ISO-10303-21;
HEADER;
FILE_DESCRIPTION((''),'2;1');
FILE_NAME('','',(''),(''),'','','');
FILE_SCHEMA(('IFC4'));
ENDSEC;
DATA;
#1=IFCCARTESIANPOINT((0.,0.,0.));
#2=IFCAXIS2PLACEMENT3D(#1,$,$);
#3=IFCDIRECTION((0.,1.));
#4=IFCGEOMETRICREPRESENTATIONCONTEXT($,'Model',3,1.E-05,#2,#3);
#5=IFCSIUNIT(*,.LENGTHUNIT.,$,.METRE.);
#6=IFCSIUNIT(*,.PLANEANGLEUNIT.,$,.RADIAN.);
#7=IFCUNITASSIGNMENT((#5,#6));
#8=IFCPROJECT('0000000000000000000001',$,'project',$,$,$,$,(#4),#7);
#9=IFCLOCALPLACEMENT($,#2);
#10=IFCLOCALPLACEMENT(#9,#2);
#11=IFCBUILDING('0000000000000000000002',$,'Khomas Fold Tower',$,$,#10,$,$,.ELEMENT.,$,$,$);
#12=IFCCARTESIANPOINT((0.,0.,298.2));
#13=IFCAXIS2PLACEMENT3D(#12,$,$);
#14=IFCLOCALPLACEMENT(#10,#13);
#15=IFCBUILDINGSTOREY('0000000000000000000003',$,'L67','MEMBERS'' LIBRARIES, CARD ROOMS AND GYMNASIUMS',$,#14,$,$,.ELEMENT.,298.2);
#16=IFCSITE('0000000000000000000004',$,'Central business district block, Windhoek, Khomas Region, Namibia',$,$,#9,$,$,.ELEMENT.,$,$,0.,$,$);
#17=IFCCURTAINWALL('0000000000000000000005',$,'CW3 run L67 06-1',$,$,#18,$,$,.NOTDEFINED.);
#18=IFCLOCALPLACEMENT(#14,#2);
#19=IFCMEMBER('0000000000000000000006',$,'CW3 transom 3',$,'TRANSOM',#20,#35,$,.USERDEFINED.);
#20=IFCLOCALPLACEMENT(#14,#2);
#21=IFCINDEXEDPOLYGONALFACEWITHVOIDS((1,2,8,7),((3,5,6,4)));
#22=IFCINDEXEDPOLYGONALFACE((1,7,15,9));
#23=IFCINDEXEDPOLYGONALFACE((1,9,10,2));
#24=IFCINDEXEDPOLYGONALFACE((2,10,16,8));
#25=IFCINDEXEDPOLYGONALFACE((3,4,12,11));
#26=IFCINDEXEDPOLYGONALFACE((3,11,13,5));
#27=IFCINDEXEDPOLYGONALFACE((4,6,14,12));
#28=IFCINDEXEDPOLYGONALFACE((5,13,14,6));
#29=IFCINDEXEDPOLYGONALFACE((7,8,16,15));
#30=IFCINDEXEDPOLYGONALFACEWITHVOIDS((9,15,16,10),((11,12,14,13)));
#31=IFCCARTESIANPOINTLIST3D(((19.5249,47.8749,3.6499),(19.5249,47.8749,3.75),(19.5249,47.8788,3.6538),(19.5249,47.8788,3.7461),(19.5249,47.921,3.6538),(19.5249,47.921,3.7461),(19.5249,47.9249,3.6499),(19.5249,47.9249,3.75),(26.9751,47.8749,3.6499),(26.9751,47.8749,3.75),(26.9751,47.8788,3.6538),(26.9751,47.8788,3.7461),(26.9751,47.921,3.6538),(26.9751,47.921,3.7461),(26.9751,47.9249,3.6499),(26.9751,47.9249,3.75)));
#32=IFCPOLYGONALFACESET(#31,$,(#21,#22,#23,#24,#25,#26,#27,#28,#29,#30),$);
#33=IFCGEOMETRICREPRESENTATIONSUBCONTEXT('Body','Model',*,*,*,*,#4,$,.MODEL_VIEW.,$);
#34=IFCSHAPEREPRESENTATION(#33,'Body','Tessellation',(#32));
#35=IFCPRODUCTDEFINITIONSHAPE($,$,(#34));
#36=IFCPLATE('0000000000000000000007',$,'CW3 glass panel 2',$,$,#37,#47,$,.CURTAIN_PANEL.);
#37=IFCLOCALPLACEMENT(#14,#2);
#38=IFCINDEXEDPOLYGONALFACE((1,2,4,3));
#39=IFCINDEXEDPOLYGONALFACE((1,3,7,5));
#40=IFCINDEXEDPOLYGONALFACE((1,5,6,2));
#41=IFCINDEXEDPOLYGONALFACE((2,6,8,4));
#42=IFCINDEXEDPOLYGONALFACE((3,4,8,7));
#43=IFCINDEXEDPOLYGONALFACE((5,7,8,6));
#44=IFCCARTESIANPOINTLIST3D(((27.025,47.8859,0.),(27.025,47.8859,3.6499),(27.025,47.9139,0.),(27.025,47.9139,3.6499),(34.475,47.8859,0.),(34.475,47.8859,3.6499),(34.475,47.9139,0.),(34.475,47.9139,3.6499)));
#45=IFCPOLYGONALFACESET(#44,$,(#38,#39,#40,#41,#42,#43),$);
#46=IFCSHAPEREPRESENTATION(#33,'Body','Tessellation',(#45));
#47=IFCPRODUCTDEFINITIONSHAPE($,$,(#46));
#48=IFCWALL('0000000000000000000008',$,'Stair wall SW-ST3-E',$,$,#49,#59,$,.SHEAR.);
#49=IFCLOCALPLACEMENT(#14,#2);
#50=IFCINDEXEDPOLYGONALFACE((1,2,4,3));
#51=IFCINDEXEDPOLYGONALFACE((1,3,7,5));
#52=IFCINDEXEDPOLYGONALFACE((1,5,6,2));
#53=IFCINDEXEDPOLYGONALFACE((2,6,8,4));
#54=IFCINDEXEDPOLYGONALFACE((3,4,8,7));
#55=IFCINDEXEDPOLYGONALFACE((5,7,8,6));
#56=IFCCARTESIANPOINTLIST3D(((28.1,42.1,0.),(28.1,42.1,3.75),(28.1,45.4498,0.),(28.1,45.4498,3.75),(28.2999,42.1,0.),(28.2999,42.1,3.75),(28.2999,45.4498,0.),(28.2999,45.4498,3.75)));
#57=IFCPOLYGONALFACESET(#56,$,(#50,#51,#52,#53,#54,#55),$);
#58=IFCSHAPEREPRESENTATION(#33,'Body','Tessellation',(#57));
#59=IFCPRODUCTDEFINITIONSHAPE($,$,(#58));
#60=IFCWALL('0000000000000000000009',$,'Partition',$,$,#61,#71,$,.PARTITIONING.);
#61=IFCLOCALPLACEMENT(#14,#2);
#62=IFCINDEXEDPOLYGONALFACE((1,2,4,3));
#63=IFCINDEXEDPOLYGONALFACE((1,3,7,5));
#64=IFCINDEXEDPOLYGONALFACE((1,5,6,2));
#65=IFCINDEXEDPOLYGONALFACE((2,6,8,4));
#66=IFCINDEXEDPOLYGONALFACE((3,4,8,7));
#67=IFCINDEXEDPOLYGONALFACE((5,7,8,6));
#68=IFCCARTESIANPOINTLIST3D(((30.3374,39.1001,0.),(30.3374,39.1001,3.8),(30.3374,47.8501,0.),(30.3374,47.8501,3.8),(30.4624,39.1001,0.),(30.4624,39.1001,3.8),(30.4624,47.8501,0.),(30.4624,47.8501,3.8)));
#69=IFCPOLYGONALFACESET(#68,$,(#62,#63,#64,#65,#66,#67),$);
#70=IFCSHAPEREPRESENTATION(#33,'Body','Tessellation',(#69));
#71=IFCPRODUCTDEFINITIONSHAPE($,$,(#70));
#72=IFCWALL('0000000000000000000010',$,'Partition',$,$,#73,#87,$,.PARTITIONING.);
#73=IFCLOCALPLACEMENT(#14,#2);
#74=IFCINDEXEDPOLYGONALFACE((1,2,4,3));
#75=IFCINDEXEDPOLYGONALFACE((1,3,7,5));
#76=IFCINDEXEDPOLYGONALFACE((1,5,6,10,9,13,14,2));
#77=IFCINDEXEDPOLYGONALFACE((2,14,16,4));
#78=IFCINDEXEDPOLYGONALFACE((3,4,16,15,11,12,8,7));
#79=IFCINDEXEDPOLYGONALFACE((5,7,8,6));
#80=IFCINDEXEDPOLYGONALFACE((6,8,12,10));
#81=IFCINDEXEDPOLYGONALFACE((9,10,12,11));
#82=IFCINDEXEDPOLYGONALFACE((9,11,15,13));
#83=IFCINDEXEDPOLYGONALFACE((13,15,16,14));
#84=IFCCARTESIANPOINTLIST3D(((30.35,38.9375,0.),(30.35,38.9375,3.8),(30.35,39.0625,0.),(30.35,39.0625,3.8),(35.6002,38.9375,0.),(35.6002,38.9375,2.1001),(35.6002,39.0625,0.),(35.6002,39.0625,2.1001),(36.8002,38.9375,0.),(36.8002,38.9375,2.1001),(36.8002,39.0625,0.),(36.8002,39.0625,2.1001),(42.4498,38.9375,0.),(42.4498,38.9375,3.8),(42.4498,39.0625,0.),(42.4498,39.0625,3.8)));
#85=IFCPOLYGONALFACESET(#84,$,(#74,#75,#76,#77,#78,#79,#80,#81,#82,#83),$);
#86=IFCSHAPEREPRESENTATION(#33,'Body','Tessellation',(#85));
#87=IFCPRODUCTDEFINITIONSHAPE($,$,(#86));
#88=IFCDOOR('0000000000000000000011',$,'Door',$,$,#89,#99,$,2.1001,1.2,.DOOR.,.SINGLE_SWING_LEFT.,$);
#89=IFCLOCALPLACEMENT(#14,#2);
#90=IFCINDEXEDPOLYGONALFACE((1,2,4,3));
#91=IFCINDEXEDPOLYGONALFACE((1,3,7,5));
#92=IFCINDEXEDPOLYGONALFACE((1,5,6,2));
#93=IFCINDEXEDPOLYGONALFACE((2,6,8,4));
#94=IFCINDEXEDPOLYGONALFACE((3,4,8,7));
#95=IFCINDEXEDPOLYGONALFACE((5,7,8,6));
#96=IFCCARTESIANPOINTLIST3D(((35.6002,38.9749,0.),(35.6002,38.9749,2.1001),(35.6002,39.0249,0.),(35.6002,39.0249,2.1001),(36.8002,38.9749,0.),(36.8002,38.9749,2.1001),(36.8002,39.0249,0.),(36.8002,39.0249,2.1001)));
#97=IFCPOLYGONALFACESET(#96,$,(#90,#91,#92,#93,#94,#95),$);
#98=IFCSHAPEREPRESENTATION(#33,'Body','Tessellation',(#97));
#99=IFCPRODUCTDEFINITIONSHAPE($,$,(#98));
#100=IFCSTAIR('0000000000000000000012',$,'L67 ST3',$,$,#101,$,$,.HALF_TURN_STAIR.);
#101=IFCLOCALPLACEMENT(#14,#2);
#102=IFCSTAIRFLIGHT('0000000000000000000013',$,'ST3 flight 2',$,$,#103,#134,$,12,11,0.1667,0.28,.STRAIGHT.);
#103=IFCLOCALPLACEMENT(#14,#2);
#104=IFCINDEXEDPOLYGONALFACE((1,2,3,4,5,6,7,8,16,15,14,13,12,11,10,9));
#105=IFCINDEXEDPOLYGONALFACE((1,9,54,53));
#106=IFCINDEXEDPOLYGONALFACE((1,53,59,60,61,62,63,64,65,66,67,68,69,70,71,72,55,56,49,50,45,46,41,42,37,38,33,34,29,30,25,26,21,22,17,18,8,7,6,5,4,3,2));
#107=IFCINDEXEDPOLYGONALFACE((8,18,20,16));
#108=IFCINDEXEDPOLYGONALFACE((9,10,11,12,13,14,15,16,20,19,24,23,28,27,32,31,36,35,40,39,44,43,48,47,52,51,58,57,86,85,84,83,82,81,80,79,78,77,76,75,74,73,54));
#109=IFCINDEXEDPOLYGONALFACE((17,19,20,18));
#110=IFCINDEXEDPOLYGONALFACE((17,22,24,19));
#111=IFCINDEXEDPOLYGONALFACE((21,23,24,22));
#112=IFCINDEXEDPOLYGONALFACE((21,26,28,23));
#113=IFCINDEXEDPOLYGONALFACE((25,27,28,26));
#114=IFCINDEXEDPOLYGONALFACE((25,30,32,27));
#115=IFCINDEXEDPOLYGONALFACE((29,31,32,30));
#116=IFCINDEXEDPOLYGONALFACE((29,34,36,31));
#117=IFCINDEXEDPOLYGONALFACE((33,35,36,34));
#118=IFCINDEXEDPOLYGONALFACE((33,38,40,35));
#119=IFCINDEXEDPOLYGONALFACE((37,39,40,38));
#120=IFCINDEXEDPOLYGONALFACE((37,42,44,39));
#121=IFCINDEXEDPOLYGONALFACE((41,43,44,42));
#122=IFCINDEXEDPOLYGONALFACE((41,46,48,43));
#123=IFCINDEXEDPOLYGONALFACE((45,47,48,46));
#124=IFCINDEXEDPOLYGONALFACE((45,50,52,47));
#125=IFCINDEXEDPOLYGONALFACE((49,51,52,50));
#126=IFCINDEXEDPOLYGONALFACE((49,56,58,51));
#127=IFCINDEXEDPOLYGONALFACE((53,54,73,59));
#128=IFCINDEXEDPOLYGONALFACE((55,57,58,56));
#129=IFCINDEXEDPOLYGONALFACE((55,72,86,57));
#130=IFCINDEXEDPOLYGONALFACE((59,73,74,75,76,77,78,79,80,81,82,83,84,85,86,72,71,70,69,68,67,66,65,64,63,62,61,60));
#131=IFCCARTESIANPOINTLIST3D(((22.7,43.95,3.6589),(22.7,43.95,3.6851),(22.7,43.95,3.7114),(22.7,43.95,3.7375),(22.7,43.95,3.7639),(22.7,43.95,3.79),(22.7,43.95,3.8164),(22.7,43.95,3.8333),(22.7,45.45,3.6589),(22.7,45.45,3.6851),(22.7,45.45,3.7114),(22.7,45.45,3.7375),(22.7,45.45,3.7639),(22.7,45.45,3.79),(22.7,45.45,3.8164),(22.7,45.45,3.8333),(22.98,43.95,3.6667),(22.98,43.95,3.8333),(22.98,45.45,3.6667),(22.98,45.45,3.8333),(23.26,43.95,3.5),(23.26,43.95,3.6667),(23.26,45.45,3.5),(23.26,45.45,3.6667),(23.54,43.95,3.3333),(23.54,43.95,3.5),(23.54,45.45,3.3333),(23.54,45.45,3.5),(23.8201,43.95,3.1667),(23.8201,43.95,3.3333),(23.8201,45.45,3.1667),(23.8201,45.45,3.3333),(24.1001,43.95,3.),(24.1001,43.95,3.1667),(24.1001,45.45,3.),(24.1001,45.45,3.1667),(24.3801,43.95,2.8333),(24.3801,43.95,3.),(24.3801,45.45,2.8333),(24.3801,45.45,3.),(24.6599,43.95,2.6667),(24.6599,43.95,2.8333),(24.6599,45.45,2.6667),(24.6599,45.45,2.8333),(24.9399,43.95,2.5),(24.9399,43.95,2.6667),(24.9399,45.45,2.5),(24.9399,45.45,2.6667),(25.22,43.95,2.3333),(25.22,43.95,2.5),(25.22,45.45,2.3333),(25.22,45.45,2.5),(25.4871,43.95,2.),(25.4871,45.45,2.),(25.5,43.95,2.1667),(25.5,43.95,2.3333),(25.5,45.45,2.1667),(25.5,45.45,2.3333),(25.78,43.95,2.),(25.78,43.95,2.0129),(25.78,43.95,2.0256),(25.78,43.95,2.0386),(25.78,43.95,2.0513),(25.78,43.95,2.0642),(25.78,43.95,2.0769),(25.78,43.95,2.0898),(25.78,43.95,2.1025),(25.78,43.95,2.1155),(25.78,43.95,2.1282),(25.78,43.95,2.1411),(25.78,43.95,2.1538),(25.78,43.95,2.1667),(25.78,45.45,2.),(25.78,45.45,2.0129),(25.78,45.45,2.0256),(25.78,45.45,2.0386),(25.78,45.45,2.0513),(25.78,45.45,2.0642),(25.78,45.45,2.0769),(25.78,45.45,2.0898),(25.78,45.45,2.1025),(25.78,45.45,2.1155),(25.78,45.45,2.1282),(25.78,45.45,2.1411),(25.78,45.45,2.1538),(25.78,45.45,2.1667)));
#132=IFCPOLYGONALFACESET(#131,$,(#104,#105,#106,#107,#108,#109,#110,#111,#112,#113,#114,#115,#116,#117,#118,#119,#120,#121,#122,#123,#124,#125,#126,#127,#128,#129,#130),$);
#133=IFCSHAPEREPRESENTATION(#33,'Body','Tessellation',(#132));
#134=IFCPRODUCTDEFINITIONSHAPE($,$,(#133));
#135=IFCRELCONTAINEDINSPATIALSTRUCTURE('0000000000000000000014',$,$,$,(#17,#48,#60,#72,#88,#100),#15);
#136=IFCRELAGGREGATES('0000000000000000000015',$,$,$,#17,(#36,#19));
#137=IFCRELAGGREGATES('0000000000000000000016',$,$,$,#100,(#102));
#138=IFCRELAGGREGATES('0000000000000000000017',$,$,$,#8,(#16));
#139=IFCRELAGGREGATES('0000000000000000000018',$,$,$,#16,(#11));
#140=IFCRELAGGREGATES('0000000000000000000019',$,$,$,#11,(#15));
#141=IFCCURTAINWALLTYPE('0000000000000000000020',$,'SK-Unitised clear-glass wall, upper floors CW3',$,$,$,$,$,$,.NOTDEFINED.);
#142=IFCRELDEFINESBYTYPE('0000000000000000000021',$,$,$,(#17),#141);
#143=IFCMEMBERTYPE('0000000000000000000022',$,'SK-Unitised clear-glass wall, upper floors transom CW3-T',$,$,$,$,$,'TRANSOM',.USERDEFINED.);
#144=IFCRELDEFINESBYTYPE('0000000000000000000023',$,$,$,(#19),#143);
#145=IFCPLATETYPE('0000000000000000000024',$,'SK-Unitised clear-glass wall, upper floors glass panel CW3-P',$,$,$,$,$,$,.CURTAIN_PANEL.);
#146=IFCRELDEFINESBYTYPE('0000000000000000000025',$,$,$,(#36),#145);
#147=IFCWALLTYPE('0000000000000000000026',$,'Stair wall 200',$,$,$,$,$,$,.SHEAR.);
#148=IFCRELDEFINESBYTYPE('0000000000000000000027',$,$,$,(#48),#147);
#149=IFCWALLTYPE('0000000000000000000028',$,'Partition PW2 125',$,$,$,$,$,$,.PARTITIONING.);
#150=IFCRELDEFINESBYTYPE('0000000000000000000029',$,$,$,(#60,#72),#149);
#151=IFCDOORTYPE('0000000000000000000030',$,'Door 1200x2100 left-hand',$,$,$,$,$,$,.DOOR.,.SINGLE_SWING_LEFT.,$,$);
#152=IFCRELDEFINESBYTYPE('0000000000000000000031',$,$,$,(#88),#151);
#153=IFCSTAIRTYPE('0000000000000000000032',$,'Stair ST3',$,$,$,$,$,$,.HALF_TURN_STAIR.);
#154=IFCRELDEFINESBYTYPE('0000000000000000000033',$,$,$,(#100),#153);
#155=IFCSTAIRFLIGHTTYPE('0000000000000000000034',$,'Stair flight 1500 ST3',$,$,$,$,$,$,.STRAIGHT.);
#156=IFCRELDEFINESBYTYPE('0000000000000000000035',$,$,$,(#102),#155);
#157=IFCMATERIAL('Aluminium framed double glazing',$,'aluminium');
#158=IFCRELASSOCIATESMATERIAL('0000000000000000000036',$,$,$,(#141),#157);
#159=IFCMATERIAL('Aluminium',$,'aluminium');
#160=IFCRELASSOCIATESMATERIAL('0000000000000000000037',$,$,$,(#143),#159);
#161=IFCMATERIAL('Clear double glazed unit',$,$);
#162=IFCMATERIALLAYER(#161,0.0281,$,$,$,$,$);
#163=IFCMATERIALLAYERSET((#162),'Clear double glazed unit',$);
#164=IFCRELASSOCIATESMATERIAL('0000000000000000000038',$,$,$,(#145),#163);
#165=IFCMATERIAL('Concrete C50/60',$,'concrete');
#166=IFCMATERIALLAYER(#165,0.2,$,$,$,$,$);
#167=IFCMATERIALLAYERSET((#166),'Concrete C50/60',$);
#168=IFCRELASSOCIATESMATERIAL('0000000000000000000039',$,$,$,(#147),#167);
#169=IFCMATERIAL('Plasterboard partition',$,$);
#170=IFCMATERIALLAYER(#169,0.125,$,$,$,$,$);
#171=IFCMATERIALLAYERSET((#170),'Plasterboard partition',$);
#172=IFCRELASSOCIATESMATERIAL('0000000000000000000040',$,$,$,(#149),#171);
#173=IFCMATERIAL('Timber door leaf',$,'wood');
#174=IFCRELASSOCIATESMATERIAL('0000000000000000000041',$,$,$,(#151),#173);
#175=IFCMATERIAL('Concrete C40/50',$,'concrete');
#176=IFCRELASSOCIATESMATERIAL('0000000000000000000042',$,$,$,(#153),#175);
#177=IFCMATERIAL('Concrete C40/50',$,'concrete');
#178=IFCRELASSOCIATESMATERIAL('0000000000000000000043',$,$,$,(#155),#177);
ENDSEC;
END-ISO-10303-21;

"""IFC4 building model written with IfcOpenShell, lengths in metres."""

from ifc_helpers import new_model, si_unit, direction, frame, frame_2d, origin, origin_2d, place, context, subcontext, project, spatial, polyline, rectangle, hollow_rectangle, outline, extrude, source, transform, mapped, material, layer, layer_set, material_profile, profile_set, type_object, element, fill, aggregate, save


model = new_model("IFC4")

# Units and contexts
model_context = context("Model", 3, precision=1e-05, world=origin(), true_north=direction((0.0, 1.0)))
body_context = subcontext(model_context, "Body", "Model", "MODEL_VIEW")
ifc_project = project(units=[si_unit("LENGTHUNIT", "METRE"), si_unit("PLANEANGLEUNIT", "RADIAN")], contexts=[model_context])

# Site, building, storey
site_placement = place(None, origin())
site = spatial("IfcSite", under=ifc_project, at=site_placement, Name="Central business district block, Windhoek, Khomas Region, Namibia", CompositionType="ELEMENT", RefElevation=0.0)
building_placement = place(site_placement, origin())
building = spatial("IfcBuilding", under=site, at=building_placement, Name="Khomas Fold Tower", CompositionType="ELEMENT")
storey_placement = place(building_placement, frame((0.0, 0.0, 298.2)))
storey = spatial("IfcBuildingStorey", under=building, at=storey_placement, Name="L67", Description="MEMBERS' LIBRARIES, CARD ROOMS AND GYMNASIUMS", CompositionType="ELEMENT", Elevation=298.2)

# Curtain wall, member, plate
ifc_material_1 = material(Name="Aluminium framed double glazing", Category="aluminium")
curtain_wall_type = type_object("IfcCurtainWallType", Name="SK-Unitised clear-glass wall, upper floors CW3", PredefinedType="NOTDEFINED", material=ifc_material_1)
curtain_wall_placement = place(storey_placement, origin())
curtain_wall = element("IfcCurtainWall", 1, at=curtain_wall_placement, inside=storey, type_object=curtain_wall_type, Name="CW3 run L67 06-1", PredefinedType="NOTDEFINED")
ifc_material_2 = material(Name="Aluminium", Category="aluminium")
ifc_material_profile_1 = material_profile(ifc_material_2, hollow_rectangle(XDim=0.05, YDim=0.1001, WallThickness=0.0039, at=origin_2d()), Name="SK-Unitised clear-glass wall, upper floors transom CW3-T")
ifc_profile_set_1 = profile_set([ifc_material_profile_1], Name="Aluminium")
member_type_1 = type_object("IfcMemberType", Name="SK-Unitised clear-glass wall, upper floors transom CW3-T", ElementType="TRANSOM", PredefinedType="USERDEFINED", material=ifc_profile_set_1)
shared_shape_1 = source(origin(), body_context, "Body", "SweptSolid", [
    extrude(hollow_rectangle(XDim=0.05, YDim=0.1001, WallThickness=0.0039, at=origin_2d()), origin(), (0.0, 0.0, 1.0), 7.4502),
])
member_1_placement = place(storey_placement, frame((26.9751, 47.8999, 3.7), z_axis=(-1.0, 0.0, 0.0), x_axis=(0.0, -1.0, 0.0)))
member_1 = element("IfcMember", 2, at=member_1_placement, type_object=member_type_1, Name="CW3 transom 3", ObjectType="TRANSOM", PredefinedType="USERDEFINED", context=body_context, shape_type="MappedRepresentation", body=[
    mapped(shared_shape_1, transform((0.0, 0.0, 0.0))),
])
ifc_material_3 = material(Name="Clear double glazed unit")
ifc_layer_1 = layer(ifc_material_3, 0.0281)
ifc_layer_set_1 = layer_set([ifc_layer_1], Name="Clear double glazed unit")
plate_type = type_object("IfcPlateType", Name="SK-Unitised clear-glass wall, upper floors glass panel CW3-P", PredefinedType="CURTAIN_PANEL", material=ifc_layer_set_1)
shared_shape_2 = source(origin(), body_context, "Body", "SweptSolid", [
    extrude(rectangle(XDim=7.45, YDim=0.0281, at=origin_2d()), origin(), (0.0, 0.0, 1.0), 3.6499),
])
plate_placement = place(storey_placement, frame((30.75, 47.8999, 0.0), z_axis=(0.0, 0.0, 1.0), x_axis=(-1.0, 0.0, 0.0)))
plate = element("IfcPlate", 3, at=plate_placement, type_object=plate_type, Name="CW3 glass panel 2", PredefinedType="CURTAIN_PANEL", context=body_context, shape_type="MappedRepresentation", body=[
    mapped(shared_shape_2, transform((0.0, 0.0, 0.0))),
])
aggregate(curtain_wall, [plate, member_1])

# Walls
ifc_material_4 = material(Name="Concrete C50/60", Category="concrete")
ifc_layer_2 = layer(ifc_material_4, 0.2)
ifc_layer_set_2 = layer_set([ifc_layer_2], Name="Concrete C50/60")
wall_type_1 = type_object("IfcWallType", Name="Stair wall 200", PredefinedType="SHEAR", material=ifc_layer_set_2)
shared_shape_3 = source(origin(), body_context, "Body", "SweptSolid", [
    extrude(rectangle(XDim=3.3499, YDim=0.2, at=frame_2d((1.6748, 0.0))), origin(), (0.0, 0.0, 1.0), 3.75),
])
wall_1_placement = place(storey_placement, frame((28.2, 42.1001, 0.0), z_axis=(0.0, 0.0, 1.0), x_axis=(0.0, 1.0, 0.0)))
element("IfcWall", 4, at=wall_1_placement, inside=storey, type_object=wall_type_1, Name="Stair wall SW-ST3-E", PredefinedType="SHEAR", context=body_context, shape_type="MappedRepresentation", body=[
    mapped(shared_shape_3, transform((0.0, 0.0, 0.0))),
])
ifc_material_5 = material(Name="Plasterboard partition")
ifc_layer_3 = layer(ifc_material_5, 0.125)
ifc_layer_set_3 = layer_set([ifc_layer_3], Name="Plasterboard partition")
wall_type_2 = type_object("IfcWallType", Name="Partition PW2 125", PredefinedType="PARTITIONING", material=ifc_layer_set_3)
shared_shape_4 = source(origin(), body_context, "Body", "SweptSolid", [
    extrude(rectangle(XDim=8.75, YDim=0.125, at=frame_2d((4.375, 0.0))), origin(), (0.0, 0.0, 1.0), 3.8),
])
wall_2_placement = place(storey_placement, frame((30.3999, 39.1001, 0.0), z_axis=(0.0, 0.0, 1.0), x_axis=(0.0, 1.0, 0.0)))
element("IfcWall", 5, at=wall_2_placement, inside=storey, type_object=wall_type_2, Name="Partition", PredefinedType="PARTITIONING", context=body_context, shape_type="MappedRepresentation", body=[
    mapped(shared_shape_4, transform((0.0, 0.0, 0.0))),
])

# Wall, opening, door
shared_shape_5 = source(origin(), body_context, "Body", "SweptSolid", [
    extrude(rectangle(XDim=12.0999, YDim=0.125, at=frame_2d((6.0498, 0.0))), origin(), (0.0, 0.0, 1.0), 3.8),
])
wall_3_placement = place(storey_placement, frame((30.3501, 39.0, 0.0), z_axis=(0.0, 0.0, 1.0), x_axis=(1.0, 0.0, 0.0)))
wall_3 = element("IfcWall", 6, at=wall_3_placement, inside=storey, type_object=wall_type_2, Name="Partition", PredefinedType="PARTITIONING", context=body_context, shape_type="MappedRepresentation", body=[
    mapped(shared_shape_5, transform((0.0, 0.0, 0.0))),
])
shared_shape_6 = source(origin(), body_context, "Body", "SweptSolid", [
    extrude(rectangle(XDim=1.2, YDim=2.1001, at=frame_2d((0.6001, 1.05))), frame((0.0, 0.0725, 0.0), z_axis=(0.0, -1.0, 0.0), x_axis=(1.0, 0.0, 0.0)), (0.0, 0.0, 1.0), 0.145),
])
opening_placement = place(wall_3_placement, frame((5.25, 0.0, 0.0)))
opening = element("IfcOpeningElement", 7, at=opening_placement, cuts=wall_3, PredefinedType="OPENING", context=body_context, shape_type="MappedRepresentation", body=[
    mapped(shared_shape_6, transform((0.0, 0.0, 0.0))),
])
ifc_material_6 = material(Name="Timber door leaf", Category="wood")
door_type = type_object("IfcDoorType", Name="Door 1200x2100 left-hand", OperationType="SINGLE_SWING_LEFT", PredefinedType="DOOR", material=ifc_material_6)
shared_shape_7 = source(origin(), body_context, "Body", "SweptSolid", [
    extrude(rectangle(XDim=1.2, YDim=2.1001, at=frame_2d((0.6001, 1.05))), frame((0.0, 0.0249, 0.0), z_axis=(0.0, -1.0, 0.0), x_axis=(1.0, 0.0, 0.0)), (0.0, 0.0, 1.0), 0.05),
])
door_placement = place(opening_placement, origin())
door = element("IfcDoor", 8, at=door_placement, inside=storey, type_object=door_type, Name="Door", OperationType="SINGLE_SWING_LEFT", OverallHeight=2.1001, OverallWidth=1.2, PredefinedType="DOOR", context=body_context, shape_type="MappedRepresentation", body=[
    mapped(shared_shape_7, transform((0.0, 0.0, 0.0))),
])
fill(opening, door)

# Stair, stair flight
ifc_material_7 = material(Name="Concrete C40/50", Category="concrete")
stair_type = type_object("IfcStairType", Name="Stair ST3", PredefinedType="HALF_TURN_STAIR", material=ifc_material_7)
stair_placement = place(storey_placement, origin())
stair = element("IfcStair", 9, at=stair_placement, inside=storey, type_object=stair_type, Name="L67 ST3", PredefinedType="HALF_TURN_STAIR")
ifc_material_8 = material(Name="Concrete C40/50", Category="concrete")
stair_flight_type = type_object("IfcStairFlightType", Name="Stair flight 1500 ST3", PredefinedType="STRAIGHT", material=ifc_material_8)
shared_shape_8 = source(origin(), body_context, "Body", "SweptSolid", [
    extrude(outline(polyline([(0.0, 0.0), (0.0, 0.0129), (0.0, 0.0256), (0.0, 0.0386), (0.0, 0.0513), (0.0, 0.0642), (0.0, 0.0769), (0.0, 0.0898), (0.0, 0.1025), (0.0, 0.1155), (0.0, 0.1282), (0.0, 0.1411), (0.0, 0.1538), (0.0, 0.1667), (0.28, 0.1667), (0.28, 0.3333), (0.5601, 0.3333), (0.5601, 0.5), (0.8401, 0.5), (0.8401, 0.6667), (1.1201, 0.6667), (1.1201, 0.8333), (1.3999, 0.8333), (1.3999, 1.0), (1.6799, 1.0), (1.6799, 1.1667), (1.96, 1.1667), (1.96, 1.3333), (2.24, 1.3333), (2.24, 1.5), (2.52, 1.5), (2.52, 1.6667), (2.8, 1.6667), (2.8, 1.8333), (3.0801, 1.8333), (3.0801, 2.0), (3.0801, 1.9739), (3.0801, 1.9475), (3.0801, 1.9214), (3.0801, 1.895), (3.0801, 1.8689), (3.0801, 1.8425), (3.0801, 1.8164), (3.0801, 1.79), (3.0801, 1.7639), (3.0801, 1.7375), (3.0801, 1.7114), (3.0801, 1.6851), (3.0801, 1.6589), (0.293, 0.0), (0.0, 0.0)])), frame((0.0, 0.75, 0.0), z_axis=(0.0, -1.0, 0.0), x_axis=(1.0, 0.0, 0.0)), (0.0, 0.0, 1.0), 1.5),
])
stair_flight_placement = place(storey_placement, frame((25.78, 44.7, 2.0), z_axis=(0.0, 0.0, 1.0), x_axis=(-1.0, 0.0, 0.0)))
stair_flight = element("IfcStairFlight", 10, at=stair_flight_placement, type_object=stair_flight_type, Name="ST3 flight 2", NumberOfRisers=12, NumberOfTreads=11, PredefinedType="STRAIGHT", RiserHeight=0.1667, TreadLength=0.28, context=body_context, shape_type="MappedRepresentation", body=[
    mapped(shared_shape_8, transform((0.0, 0.0, 0.0))),
])
aggregate(stair, [stair_flight])

save(model, "model.ifc")
